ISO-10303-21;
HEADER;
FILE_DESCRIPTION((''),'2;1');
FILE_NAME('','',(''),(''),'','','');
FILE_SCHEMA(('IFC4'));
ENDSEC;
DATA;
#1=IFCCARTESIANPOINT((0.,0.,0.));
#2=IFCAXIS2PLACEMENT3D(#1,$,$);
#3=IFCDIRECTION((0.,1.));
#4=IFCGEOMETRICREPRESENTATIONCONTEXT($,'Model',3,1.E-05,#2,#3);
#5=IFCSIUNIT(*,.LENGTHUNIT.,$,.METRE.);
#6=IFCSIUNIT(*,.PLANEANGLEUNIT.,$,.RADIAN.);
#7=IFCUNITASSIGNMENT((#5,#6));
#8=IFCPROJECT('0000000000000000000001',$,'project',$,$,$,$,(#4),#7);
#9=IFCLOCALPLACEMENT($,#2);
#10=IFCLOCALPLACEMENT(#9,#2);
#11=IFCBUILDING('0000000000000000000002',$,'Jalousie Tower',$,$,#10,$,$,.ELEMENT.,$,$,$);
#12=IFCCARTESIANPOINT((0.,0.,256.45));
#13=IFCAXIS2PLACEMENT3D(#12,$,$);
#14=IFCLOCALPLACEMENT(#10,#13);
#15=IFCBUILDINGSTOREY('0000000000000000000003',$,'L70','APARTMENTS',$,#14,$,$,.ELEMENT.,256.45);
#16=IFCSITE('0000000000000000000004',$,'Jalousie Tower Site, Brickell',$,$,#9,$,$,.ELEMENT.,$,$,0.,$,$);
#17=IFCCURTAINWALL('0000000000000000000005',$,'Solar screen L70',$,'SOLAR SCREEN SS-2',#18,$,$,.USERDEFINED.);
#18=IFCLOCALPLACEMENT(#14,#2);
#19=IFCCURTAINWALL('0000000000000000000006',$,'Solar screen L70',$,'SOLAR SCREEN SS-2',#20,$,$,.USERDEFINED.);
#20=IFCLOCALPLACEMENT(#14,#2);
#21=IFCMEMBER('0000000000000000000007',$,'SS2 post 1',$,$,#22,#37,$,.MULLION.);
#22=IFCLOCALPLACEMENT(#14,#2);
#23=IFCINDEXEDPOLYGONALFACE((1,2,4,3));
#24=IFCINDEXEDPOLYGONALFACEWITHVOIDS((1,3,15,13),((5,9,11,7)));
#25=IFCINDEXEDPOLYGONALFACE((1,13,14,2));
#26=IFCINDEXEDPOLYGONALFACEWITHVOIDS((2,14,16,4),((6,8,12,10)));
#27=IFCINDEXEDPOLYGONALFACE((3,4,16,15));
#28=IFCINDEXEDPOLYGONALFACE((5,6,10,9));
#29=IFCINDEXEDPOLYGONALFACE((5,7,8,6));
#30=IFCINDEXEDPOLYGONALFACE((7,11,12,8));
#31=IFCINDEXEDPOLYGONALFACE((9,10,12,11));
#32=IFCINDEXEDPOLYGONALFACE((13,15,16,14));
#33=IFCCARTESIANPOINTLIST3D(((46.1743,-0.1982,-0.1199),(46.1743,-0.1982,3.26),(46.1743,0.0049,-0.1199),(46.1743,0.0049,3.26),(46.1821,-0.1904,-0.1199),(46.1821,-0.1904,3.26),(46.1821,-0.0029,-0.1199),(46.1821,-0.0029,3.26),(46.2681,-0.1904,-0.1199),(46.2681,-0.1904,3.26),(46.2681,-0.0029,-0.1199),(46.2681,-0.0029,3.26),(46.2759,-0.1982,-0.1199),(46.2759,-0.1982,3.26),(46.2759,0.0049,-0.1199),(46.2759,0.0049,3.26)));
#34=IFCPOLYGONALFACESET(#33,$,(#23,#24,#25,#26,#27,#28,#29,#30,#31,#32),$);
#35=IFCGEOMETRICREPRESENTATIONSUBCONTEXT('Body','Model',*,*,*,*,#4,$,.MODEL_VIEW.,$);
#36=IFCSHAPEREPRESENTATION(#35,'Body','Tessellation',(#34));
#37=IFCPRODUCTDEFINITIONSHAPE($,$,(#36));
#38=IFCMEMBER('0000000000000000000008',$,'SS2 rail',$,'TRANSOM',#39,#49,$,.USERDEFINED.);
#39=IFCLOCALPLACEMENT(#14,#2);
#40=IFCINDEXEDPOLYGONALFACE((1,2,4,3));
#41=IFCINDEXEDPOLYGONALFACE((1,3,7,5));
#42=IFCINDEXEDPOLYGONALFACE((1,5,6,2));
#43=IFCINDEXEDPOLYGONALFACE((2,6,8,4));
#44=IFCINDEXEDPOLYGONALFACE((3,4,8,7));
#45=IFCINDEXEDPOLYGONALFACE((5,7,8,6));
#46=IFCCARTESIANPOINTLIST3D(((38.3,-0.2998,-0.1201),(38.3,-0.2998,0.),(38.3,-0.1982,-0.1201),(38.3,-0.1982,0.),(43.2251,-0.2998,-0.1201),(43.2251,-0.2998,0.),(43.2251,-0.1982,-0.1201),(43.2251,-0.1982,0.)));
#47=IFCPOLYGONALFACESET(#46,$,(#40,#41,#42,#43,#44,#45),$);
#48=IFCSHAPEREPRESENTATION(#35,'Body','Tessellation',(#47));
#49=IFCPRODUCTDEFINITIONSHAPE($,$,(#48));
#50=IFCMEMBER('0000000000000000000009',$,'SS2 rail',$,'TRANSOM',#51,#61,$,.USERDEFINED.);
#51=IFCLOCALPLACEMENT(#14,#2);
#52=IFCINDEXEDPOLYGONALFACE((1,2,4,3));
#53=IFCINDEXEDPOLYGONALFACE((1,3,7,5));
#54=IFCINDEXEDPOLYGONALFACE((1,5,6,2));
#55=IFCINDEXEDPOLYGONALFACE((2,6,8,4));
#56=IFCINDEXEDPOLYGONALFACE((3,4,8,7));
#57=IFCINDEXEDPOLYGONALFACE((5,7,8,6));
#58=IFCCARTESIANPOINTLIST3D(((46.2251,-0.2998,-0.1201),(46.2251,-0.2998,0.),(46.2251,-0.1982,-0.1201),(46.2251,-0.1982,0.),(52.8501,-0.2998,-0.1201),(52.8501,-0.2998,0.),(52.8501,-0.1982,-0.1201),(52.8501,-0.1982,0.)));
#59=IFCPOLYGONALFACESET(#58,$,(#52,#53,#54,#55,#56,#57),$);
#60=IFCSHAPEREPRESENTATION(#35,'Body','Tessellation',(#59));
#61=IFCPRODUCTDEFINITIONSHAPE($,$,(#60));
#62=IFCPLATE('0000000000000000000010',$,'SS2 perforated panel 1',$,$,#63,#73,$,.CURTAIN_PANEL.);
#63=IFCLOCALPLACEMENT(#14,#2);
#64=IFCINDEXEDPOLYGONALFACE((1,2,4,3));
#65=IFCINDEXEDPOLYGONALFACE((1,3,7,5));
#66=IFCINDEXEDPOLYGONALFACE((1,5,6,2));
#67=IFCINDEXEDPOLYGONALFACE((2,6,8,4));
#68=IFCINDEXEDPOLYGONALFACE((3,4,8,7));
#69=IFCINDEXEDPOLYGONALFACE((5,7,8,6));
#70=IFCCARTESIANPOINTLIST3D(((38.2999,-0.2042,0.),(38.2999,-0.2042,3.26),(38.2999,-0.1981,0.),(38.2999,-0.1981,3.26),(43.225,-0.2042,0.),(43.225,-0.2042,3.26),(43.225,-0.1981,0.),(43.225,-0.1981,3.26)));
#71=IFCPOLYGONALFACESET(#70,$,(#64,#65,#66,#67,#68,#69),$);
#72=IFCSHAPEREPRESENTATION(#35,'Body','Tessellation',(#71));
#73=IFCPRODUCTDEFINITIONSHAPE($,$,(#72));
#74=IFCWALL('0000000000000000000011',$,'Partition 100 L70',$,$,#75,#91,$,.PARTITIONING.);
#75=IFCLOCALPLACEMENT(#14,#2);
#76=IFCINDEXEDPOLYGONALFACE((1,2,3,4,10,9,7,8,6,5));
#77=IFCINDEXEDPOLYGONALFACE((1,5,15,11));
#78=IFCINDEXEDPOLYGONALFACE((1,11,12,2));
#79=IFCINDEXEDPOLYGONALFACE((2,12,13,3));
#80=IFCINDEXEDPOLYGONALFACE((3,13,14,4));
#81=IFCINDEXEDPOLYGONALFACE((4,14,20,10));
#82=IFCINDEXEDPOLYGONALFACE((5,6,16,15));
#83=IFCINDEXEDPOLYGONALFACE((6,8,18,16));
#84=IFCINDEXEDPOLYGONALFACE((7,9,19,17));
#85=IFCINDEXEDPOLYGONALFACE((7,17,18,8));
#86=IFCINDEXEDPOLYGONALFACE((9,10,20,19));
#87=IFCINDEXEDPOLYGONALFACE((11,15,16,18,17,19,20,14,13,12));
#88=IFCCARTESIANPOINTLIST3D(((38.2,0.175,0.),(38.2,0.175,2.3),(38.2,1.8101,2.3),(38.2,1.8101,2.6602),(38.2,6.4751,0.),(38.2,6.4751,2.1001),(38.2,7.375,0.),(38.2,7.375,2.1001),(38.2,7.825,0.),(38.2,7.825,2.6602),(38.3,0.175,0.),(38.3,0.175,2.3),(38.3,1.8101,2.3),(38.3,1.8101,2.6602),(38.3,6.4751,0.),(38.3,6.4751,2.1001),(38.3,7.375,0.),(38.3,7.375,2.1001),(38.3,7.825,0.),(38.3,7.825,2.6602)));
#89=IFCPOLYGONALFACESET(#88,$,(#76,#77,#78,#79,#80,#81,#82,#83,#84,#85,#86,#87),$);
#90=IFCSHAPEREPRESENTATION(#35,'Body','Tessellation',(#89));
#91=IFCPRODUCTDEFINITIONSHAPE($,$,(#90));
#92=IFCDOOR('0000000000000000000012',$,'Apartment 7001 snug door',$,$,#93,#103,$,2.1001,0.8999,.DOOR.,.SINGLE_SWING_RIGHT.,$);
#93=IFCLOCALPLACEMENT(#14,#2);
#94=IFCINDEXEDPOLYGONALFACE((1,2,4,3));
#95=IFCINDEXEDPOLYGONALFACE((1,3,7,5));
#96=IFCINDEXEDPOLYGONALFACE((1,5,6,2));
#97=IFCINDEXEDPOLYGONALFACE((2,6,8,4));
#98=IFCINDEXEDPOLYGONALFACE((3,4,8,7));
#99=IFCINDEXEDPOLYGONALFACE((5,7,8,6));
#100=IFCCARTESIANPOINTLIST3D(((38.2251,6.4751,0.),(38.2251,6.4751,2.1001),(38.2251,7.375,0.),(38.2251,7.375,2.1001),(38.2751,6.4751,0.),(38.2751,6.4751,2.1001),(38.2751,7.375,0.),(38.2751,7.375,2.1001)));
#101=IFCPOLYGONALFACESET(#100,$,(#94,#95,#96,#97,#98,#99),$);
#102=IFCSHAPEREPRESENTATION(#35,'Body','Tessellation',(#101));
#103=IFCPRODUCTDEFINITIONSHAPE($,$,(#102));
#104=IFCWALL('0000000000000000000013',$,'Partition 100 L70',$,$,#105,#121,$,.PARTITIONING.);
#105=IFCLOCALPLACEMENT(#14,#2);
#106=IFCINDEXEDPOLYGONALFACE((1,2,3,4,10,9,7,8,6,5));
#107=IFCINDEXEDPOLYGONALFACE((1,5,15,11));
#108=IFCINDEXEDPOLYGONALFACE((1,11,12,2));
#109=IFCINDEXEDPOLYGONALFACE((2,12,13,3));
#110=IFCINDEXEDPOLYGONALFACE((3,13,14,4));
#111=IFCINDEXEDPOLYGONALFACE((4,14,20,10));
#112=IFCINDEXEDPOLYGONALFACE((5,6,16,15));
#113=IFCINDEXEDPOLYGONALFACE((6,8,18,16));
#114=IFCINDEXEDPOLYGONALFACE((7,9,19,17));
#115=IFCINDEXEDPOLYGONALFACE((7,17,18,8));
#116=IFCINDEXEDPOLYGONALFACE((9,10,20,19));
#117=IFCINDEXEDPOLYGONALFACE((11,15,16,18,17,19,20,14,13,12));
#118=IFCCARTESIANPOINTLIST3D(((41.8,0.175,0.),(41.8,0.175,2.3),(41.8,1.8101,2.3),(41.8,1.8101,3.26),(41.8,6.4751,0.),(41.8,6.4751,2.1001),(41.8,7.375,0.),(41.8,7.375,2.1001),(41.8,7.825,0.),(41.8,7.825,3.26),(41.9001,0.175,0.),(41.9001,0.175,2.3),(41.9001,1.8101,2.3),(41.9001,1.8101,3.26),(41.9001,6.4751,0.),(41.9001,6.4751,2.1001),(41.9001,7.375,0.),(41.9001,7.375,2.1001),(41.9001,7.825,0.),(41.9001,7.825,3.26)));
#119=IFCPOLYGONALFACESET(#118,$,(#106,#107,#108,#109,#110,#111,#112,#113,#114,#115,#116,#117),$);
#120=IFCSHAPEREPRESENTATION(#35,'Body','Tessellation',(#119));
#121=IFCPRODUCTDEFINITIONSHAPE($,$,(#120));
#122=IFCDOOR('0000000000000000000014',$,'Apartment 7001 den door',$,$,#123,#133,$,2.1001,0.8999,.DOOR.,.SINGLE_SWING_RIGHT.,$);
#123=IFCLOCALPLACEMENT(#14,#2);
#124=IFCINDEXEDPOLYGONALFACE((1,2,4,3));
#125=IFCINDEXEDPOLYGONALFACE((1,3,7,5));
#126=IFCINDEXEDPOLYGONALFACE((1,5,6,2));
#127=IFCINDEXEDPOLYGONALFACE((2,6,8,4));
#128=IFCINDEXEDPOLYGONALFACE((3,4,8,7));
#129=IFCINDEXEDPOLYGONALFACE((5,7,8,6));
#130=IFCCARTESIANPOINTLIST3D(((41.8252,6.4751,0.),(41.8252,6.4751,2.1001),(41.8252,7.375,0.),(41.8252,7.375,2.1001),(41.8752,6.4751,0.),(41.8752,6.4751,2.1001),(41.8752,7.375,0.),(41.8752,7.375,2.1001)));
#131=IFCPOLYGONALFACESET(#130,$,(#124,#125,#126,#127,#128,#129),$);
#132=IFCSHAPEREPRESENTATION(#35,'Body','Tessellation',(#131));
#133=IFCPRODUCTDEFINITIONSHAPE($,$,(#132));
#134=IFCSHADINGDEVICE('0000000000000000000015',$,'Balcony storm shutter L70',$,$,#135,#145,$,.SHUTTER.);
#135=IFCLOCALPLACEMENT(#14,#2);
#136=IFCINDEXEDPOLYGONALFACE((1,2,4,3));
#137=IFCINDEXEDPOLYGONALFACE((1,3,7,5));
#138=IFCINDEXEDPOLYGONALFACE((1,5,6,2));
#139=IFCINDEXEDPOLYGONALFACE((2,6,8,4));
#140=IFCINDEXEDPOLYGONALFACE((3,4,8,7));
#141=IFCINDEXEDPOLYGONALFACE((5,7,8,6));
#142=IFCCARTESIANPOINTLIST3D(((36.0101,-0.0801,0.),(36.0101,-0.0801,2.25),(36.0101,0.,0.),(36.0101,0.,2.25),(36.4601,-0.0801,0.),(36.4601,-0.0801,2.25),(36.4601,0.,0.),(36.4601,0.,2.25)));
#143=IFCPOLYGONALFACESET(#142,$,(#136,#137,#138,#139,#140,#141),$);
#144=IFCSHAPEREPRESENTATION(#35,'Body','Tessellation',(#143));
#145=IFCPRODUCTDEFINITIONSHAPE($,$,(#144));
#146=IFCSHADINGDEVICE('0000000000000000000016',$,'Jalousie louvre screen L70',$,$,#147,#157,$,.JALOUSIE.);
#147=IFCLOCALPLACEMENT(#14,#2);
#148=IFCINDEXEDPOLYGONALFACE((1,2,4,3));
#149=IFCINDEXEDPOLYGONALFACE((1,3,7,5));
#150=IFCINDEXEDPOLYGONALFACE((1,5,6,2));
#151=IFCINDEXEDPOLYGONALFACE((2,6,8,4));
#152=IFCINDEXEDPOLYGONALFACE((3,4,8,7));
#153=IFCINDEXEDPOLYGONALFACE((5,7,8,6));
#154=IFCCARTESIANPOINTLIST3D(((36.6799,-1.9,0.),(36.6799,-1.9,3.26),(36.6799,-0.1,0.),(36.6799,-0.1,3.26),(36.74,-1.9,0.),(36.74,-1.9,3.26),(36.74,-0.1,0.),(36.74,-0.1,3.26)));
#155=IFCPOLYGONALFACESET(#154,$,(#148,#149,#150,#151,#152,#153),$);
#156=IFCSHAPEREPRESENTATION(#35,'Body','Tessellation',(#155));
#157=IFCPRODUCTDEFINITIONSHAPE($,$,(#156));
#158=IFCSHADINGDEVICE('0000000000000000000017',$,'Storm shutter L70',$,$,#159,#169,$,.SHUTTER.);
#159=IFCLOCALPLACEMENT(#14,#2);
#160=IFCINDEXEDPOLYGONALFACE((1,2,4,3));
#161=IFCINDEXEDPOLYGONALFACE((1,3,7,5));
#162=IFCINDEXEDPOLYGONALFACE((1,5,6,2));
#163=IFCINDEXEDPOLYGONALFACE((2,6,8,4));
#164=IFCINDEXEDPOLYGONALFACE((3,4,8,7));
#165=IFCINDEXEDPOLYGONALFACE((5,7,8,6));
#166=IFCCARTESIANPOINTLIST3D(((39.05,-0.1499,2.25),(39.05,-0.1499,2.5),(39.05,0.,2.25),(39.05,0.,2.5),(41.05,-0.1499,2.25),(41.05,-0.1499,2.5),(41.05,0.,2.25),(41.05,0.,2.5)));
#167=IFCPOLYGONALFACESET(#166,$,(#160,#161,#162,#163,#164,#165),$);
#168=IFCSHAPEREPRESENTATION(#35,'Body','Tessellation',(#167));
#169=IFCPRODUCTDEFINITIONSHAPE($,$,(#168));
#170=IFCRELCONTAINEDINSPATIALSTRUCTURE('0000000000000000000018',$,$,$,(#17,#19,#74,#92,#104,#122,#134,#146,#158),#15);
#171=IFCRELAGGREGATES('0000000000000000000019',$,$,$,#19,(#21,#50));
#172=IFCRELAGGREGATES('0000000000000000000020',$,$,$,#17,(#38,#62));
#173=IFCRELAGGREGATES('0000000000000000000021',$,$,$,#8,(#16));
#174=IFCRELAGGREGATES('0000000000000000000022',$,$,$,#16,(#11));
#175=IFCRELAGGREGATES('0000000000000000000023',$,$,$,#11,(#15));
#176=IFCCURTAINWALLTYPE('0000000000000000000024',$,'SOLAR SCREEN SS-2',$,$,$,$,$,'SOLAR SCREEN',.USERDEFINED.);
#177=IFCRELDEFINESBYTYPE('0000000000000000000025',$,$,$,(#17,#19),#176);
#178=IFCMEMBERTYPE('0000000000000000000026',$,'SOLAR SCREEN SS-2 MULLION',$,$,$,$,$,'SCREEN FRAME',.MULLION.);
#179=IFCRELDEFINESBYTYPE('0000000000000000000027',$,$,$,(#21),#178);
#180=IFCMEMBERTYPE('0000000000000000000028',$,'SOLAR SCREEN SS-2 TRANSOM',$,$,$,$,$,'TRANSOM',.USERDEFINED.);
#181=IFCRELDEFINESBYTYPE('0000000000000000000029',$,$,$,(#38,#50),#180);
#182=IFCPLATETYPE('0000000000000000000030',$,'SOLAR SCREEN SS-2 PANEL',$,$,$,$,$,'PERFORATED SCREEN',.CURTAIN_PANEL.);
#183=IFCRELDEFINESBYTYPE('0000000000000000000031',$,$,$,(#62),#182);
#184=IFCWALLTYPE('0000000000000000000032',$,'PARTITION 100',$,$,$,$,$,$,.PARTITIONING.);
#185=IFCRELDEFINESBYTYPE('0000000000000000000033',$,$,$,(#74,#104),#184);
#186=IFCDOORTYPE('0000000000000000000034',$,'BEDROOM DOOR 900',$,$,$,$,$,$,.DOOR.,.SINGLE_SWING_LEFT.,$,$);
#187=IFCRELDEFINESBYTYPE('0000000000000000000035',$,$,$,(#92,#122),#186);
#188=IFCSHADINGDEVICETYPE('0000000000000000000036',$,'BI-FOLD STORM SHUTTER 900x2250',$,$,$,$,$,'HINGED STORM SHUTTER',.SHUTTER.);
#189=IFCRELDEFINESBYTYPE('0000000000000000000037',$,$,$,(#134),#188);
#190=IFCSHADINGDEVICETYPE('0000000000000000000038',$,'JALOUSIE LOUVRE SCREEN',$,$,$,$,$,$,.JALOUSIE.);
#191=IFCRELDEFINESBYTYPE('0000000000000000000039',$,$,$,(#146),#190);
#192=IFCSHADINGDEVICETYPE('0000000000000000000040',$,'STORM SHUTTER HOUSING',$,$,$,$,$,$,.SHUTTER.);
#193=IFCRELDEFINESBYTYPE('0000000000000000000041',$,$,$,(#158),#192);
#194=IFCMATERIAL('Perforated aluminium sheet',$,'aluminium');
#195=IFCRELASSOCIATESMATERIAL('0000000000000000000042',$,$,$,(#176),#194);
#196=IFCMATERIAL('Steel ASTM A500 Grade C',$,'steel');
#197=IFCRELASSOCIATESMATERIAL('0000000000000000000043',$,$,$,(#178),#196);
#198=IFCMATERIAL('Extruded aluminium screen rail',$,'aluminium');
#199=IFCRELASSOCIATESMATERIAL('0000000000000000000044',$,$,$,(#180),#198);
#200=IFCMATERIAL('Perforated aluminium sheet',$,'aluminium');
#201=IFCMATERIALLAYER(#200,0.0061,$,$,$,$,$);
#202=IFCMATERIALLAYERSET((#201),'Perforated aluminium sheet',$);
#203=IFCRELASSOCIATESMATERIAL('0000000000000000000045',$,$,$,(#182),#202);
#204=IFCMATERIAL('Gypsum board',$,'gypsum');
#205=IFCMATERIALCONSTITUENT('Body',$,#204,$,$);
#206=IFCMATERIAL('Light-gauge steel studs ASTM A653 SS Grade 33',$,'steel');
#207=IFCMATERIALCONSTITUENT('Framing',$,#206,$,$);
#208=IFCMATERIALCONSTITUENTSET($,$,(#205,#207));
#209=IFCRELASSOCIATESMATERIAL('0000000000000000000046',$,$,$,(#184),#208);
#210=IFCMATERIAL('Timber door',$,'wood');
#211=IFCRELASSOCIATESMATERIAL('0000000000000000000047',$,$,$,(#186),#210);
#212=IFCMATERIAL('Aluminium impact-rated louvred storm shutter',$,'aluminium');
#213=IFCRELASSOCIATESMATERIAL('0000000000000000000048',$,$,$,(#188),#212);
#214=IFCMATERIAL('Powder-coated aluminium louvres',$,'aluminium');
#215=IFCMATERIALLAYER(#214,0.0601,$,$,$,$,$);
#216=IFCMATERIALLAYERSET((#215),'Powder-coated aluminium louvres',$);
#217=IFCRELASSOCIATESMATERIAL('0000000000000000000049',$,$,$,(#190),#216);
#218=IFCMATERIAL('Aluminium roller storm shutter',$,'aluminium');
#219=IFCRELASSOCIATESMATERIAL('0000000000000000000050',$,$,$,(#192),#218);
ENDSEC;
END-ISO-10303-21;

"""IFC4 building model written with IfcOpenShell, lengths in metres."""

from ifc_helpers import new_model, si_unit, direction, frame, frame_2d, origin, origin_2d, place, context, subcontext, project, spatial, polyline, rectangle, hollow_rectangle, outline, extrude, material, layer, layer_set, constituent, constituent_set, material_profile, profile_set, type_object, element, fill, aggregate, save


model = new_model("IFC4")

# Units and contexts
model_context = context("Model", 3, precision=1e-05, world=origin(), true_north=direction((0.0, 1.0)))
body_context = subcontext(model_context, "Body", "Model", "MODEL_VIEW")
ifc_project = project(units=[si_unit("LENGTHUNIT", "METRE"), si_unit("PLANEANGLEUNIT", "RADIAN")], contexts=[model_context])

# Site, building, storey
site_placement = place(None, origin())
site = spatial("IfcSite", under=ifc_project, at=site_placement, Name="Jalousie Tower Site, Brickell", CompositionType="ELEMENT", RefElevation=0.0)
building_placement = place(site_placement, origin())
building = spatial("IfcBuilding", under=site, at=building_placement, Name="Jalousie Tower", CompositionType="ELEMENT")
storey_placement = place(building_placement, frame((0.0, 0.0, 256.45)))
storey = spatial("IfcBuildingStorey", under=building, at=storey_placement, Name="L70", Description="APARTMENTS", CompositionType="ELEMENT", Elevation=256.45)

# Curtain wall
ifc_material_1 = material(Name="Perforated aluminium sheet", Category="aluminium")
curtain_wall_type = type_object("IfcCurtainWallType", Name="SOLAR SCREEN SS-2", ElementType="SOLAR SCREEN", PredefinedType="USERDEFINED", material=ifc_material_1)
curtain_wall_1_placement = place(storey_placement, origin())
curtain_wall_1 = element("IfcCurtainWall", 1, at=curtain_wall_1_placement, inside=storey, type_object=curtain_wall_type, Name="Solar screen L70", ObjectType="SOLAR SCREEN SS-2", PredefinedType="USERDEFINED")
ifc_material_2 = material(Name="Steel ASTM A500 Grade C", Category="steel")
ifc_material_profile_1 = material_profile(ifc_material_2, hollow_rectangle(XDim=0.1016, YDim=0.2031, WallThickness=0.0078, at=origin_2d()), Name="HSS8X4X5/16")
ifc_profile_set_1 = profile_set([ifc_material_profile_1], Name="Steel ASTM A500 Grade C")
member_type_1 = type_object("IfcMemberType", Name="SOLAR SCREEN SS-2 MULLION", ElementType="SCREEN FRAME", PredefinedType="MULLION", material=ifc_profile_set_1)

# Curtain wall, member
curtain_wall_2_placement = place(storey_placement, origin())
curtain_wall_2 = element("IfcCurtainWall", 2, at=curtain_wall_2_placement, inside=storey, type_object=curtain_wall_type, Name="Solar screen L70", ObjectType="SOLAR SCREEN SS-2", PredefinedType="USERDEFINED")
member_1_placement = place(storey_placement, frame((46.2251, -0.0967, -0.1199), z_axis=(0.0, 0.0, 1.0), x_axis=(1.0, 0.0, 0.0)))
member_1 = element("IfcMember", 3, at=member_1_placement, type_object=member_type_1, Name="SS2 post 1", PredefinedType="MULLION", context=body_context, shape_type="SweptSolid", body=[
    extrude(hollow_rectangle(XDim=0.1016, YDim=0.2031, WallThickness=0.0078, at=origin_2d()), origin(), (0.0, 0.0, 1.0), 3.3799),
])

# Members
ifc_material_3 = material(Name="Extruded aluminium screen rail", Category="aluminium")
ifc_material_profile_2 = material_profile(ifc_material_3, rectangle(XDim=0.1016, YDim=0.1201, at=origin_2d()), Name="RAIL 102x120")
ifc_profile_set_2 = profile_set([ifc_material_profile_2], Name="Extruded aluminium screen rail")
member_type_2 = type_object("IfcMemberType", Name="SOLAR SCREEN SS-2 TRANSOM", ElementType="TRANSOM", PredefinedType="USERDEFINED", material=ifc_profile_set_2)
member_2_placement = place(storey_placement, frame((38.3, -0.249, -0.0601), z_axis=(1.0, 0.0, 0.0), x_axis=(0.0, 1.0, 0.0)))
member_2 = element("IfcMember", 4, at=member_2_placement, type_object=member_type_2, Name="SS2 rail", ObjectType="TRANSOM", PredefinedType="USERDEFINED", context=body_context, shape_type="SweptSolid", body=[
    extrude(rectangle(XDim=0.1016, YDim=0.1201, at=origin_2d()), origin(), (0.0, 0.0, 1.0), 4.925),
])
member_3_placement = place(storey_placement, frame((46.2251, -0.249, -0.0601), z_axis=(1.0, 0.0, 0.0), x_axis=(0.0, 1.0, 0.0)))
member_3 = element("IfcMember", 5, at=member_3_placement, type_object=member_type_2, Name="SS2 rail", ObjectType="TRANSOM", PredefinedType="USERDEFINED", context=body_context, shape_type="SweptSolid", body=[
    extrude(rectangle(XDim=0.1016, YDim=0.1201, at=origin_2d()), origin(), (0.0, 0.0, 1.0), 6.625),
])
aggregate(curtain_wall_2, [member_1, member_3])

# Plate
ifc_material_4 = material(Name="Perforated aluminium sheet", Category="aluminium")
ifc_layer_1 = layer(ifc_material_4, 0.0061)
ifc_layer_set_1 = layer_set([ifc_layer_1], Name="Perforated aluminium sheet")
plate_type = type_object("IfcPlateType", Name="SOLAR SCREEN SS-2 PANEL", ElementType="PERFORATED SCREEN", PredefinedType="CURTAIN_PANEL", material=ifc_layer_set_1)
plate_placement = place(storey_placement, frame((40.7625, -0.2012, 0.0), z_axis=(0.0, 0.0, 1.0), x_axis=(1.0, 0.0, 0.0)))
plate = element("IfcPlate", 6, at=plate_placement, type_object=plate_type, Name="SS2 perforated panel 1", PredefinedType="CURTAIN_PANEL", context=body_context, shape_type="SweptSolid", body=[
    extrude(rectangle(XDim=4.925, YDim=0.0061, at=origin_2d()), origin(), (0.0, 0.0, 1.0), 3.26),
])
aggregate(curtain_wall_1, [member_2, plate])

# Walls, openings, doors
ifc_material_5 = material(Name="Gypsum board", Category="gypsum")
ifc_constituent_1 = constituent(ifc_material_5, Name="Body")
ifc_material_6 = material(Name="Light-gauge steel studs ASTM A653 SS Grade 33", Category="steel")
ifc_constituent_2 = constituent(ifc_material_6, Name="Framing")
ifc_constituent_set = constituent_set(constituents=[ifc_constituent_1, ifc_constituent_2])
wall_type = type_object("IfcWallType", Name="PARTITION 100", PredefinedType="PARTITIONING", material=ifc_constituent_set)
wall_1_placement = place(storey_placement, frame((38.25, 0.175, 0.0), z_axis=(0.0, 0.0, 1.0), x_axis=(0.0, 1.0, 0.0)))
wall_1 = element("IfcWall", 7, at=wall_1_placement, inside=storey, type_object=wall_type, Name="Partition 100 L70", PredefinedType="PARTITIONING", context=body_context, shape_type="SweptSolid", body=[
    extrude(outline(polyline([(0.0, 0.0), (7.6499, 0.0), (7.6499, 3.26), (7.6499, 2.6602), (1.635, 2.6602), (1.635, 2.3), (0.0, 2.3), (0.0, 3.26), (0.0, 0.0)])), frame((0.0, 0.05, 0.0), z_axis=(0.0, -1.0, 0.0), x_axis=(1.0, 0.0, 0.0)), (0.0, 0.0, 1.0), 0.1001),
])
opening_1_placement = place(wall_1_placement, frame((6.3, 0.0, 0.0)))
opening_1 = element("IfcOpeningElement", 8, at=opening_1_placement, cuts=wall_1, PredefinedType="OPENING", context=body_context, shape_type="SweptSolid", body=[
    extrude(rectangle(XDim=0.8999, YDim=2.1001, at=frame_2d((0.45, 1.05))), frame((0.0, 0.0601, 0.0), z_axis=(0.0, -1.0, 0.0), x_axis=(1.0, 0.0, 0.0)), (0.0, 0.0, 1.0), 0.1201),
])
ifc_material_7 = material(Name="Timber door", Category="wood")
door_type = type_object("IfcDoorType", Name="BEDROOM DOOR 900", OperationType="SINGLE_SWING_LEFT", PredefinedType="DOOR", material=ifc_material_7)
door_1_placement = place(opening_1_placement, origin())
door_1 = element("IfcDoor", 9, at=door_1_placement, inside=storey, type_object=door_type, Name="Apartment 7001 snug door", OperationType="SINGLE_SWING_RIGHT", OverallHeight=2.1001, OverallWidth=0.8999, PredefinedType="DOOR", context=body_context, shape_type="SweptSolid", body=[
    extrude(rectangle(XDim=0.8999, YDim=2.1001, at=frame_2d((0.45, 1.05))), frame((0.0, 0.0249, 0.0), z_axis=(0.0, -1.0, 0.0), x_axis=(1.0, 0.0, 0.0)), (0.0, 0.0, 1.0), 0.05),
])
fill(opening_1, door_1)
wall_2_placement = place(storey_placement, frame((41.8501, 0.175, 0.0), z_axis=(0.0, 0.0, 1.0), x_axis=(0.0, 1.0, 0.0)))
wall_2 = element("IfcWall", 10, at=wall_2_placement, inside=storey, type_object=wall_type, Name="Partition 100 L70", PredefinedType="PARTITIONING", context=body_context, shape_type="SweptSolid", body=[
    extrude(outline(polyline([(0.0, 0.0), (7.6499, 0.0), (7.6499, 3.26), (1.635, 3.26), (1.635, 2.3), (0.0, 2.3), (0.0, 3.26), (0.0, 0.0)])), frame((0.0, 0.05, 0.0), z_axis=(0.0, -1.0, 0.0), x_axis=(1.0, 0.0, 0.0)), (0.0, 0.0, 1.0), 0.1001),
])
opening_2_placement = place(wall_2_placement, frame((6.3, 0.0, 0.0)))
opening_2 = element("IfcOpeningElement", 11, at=opening_2_placement, cuts=wall_2, PredefinedType="OPENING", context=body_context, shape_type="SweptSolid", body=[
    extrude(rectangle(XDim=0.8999, YDim=2.1001, at=frame_2d((0.45, 1.05))), frame((0.0, 0.0601, 0.0), z_axis=(0.0, -1.0, 0.0), x_axis=(1.0, 0.0, 0.0)), (0.0, 0.0, 1.0), 0.1201),
])
door_2_placement = place(opening_2_placement, origin())
door_2 = element("IfcDoor", 12, at=door_2_placement, inside=storey, type_object=door_type, Name="Apartment 7001 den door", OperationType="SINGLE_SWING_RIGHT", OverallHeight=2.1001, OverallWidth=0.8999, PredefinedType="DOOR", context=body_context, shape_type="SweptSolid", body=[
    extrude(rectangle(XDim=0.8999, YDim=2.1001, at=frame_2d((0.45, 1.05))), frame((0.0, 0.0249, 0.0), z_axis=(0.0, -1.0, 0.0), x_axis=(1.0, 0.0, 0.0)), (0.0, 0.0, 1.0), 0.05),
])
fill(opening_2, door_2)

# Shading devices
ifc_material_8 = material(Name="Aluminium impact-rated louvred storm shutter", Category="aluminium")
shading_device_type_1 = type_object("IfcShadingDeviceType", Name="BI-FOLD STORM SHUTTER 900x2250", ElementType="HINGED STORM SHUTTER", PredefinedType="SHUTTER", material=ifc_material_8)
shading_device_1_placement = place(storey_placement, frame((36.2351, -0.04, 0.0), z_axis=(0.0, 0.0, 1.0), x_axis=(1.0, 0.0, 0.0)))
element("IfcShadingDevice", 13, at=shading_device_1_placement, inside=storey, type_object=shading_device_type_1, Name="Balcony storm shutter L70", PredefinedType="SHUTTER", context=body_context, shape_type="SweptSolid", body=[
    extrude(rectangle(XDim=0.45, YDim=0.0801, at=origin_2d()), origin(), (0.0, 0.0, 1.0), 2.25),
])
ifc_material_9 = material(Name="Powder-coated aluminium louvres", Category="aluminium")
ifc_layer_2 = layer(ifc_material_9, 0.0601)
ifc_layer_set_2 = layer_set([ifc_layer_2], Name="Powder-coated aluminium louvres")
shading_device_type_2 = type_object("IfcShadingDeviceType", Name="JALOUSIE LOUVRE SCREEN", PredefinedType="JALOUSIE", material=ifc_layer_set_2)
shading_device_2_placement = place(storey_placement, frame((36.71, -1.0, 0.0), z_axis=(0.0, 0.0, 1.0), x_axis=(1.0, 0.0, 0.0)))
element("IfcShadingDevice", 14, at=shading_device_2_placement, inside=storey, type_object=shading_device_type_2, Name="Jalousie louvre screen L70", PredefinedType="JALOUSIE", context=body_context, shape_type="SweptSolid", body=[
    extrude(rectangle(XDim=0.0601, YDim=1.8, at=origin_2d()), origin(), (0.0, 0.0, 1.0), 3.26),
])
ifc_material_10 = material(Name="Aluminium roller storm shutter", Category="aluminium")
shading_device_type_3 = type_object("IfcShadingDeviceType", Name="STORM SHUTTER HOUSING", PredefinedType="SHUTTER", material=ifc_material_10)
shading_device_3_placement = place(storey_placement, frame((40.05, -0.075, 2.25), z_axis=(0.0, 0.0, 1.0), x_axis=(1.0, 0.0, 0.0)))
element("IfcShadingDevice", 15, at=shading_device_3_placement, inside=storey, type_object=shading_device_type_3, Name="Storm shutter L70", PredefinedType="SHUTTER", context=body_context, shape_type="SweptSolid", body=[
    extrude(rectangle(XDim=2.0, YDim=0.1499, at=origin_2d()), origin(), (0.0, 0.0, 1.0), 0.25),
])

save(model, "model.ifc")
